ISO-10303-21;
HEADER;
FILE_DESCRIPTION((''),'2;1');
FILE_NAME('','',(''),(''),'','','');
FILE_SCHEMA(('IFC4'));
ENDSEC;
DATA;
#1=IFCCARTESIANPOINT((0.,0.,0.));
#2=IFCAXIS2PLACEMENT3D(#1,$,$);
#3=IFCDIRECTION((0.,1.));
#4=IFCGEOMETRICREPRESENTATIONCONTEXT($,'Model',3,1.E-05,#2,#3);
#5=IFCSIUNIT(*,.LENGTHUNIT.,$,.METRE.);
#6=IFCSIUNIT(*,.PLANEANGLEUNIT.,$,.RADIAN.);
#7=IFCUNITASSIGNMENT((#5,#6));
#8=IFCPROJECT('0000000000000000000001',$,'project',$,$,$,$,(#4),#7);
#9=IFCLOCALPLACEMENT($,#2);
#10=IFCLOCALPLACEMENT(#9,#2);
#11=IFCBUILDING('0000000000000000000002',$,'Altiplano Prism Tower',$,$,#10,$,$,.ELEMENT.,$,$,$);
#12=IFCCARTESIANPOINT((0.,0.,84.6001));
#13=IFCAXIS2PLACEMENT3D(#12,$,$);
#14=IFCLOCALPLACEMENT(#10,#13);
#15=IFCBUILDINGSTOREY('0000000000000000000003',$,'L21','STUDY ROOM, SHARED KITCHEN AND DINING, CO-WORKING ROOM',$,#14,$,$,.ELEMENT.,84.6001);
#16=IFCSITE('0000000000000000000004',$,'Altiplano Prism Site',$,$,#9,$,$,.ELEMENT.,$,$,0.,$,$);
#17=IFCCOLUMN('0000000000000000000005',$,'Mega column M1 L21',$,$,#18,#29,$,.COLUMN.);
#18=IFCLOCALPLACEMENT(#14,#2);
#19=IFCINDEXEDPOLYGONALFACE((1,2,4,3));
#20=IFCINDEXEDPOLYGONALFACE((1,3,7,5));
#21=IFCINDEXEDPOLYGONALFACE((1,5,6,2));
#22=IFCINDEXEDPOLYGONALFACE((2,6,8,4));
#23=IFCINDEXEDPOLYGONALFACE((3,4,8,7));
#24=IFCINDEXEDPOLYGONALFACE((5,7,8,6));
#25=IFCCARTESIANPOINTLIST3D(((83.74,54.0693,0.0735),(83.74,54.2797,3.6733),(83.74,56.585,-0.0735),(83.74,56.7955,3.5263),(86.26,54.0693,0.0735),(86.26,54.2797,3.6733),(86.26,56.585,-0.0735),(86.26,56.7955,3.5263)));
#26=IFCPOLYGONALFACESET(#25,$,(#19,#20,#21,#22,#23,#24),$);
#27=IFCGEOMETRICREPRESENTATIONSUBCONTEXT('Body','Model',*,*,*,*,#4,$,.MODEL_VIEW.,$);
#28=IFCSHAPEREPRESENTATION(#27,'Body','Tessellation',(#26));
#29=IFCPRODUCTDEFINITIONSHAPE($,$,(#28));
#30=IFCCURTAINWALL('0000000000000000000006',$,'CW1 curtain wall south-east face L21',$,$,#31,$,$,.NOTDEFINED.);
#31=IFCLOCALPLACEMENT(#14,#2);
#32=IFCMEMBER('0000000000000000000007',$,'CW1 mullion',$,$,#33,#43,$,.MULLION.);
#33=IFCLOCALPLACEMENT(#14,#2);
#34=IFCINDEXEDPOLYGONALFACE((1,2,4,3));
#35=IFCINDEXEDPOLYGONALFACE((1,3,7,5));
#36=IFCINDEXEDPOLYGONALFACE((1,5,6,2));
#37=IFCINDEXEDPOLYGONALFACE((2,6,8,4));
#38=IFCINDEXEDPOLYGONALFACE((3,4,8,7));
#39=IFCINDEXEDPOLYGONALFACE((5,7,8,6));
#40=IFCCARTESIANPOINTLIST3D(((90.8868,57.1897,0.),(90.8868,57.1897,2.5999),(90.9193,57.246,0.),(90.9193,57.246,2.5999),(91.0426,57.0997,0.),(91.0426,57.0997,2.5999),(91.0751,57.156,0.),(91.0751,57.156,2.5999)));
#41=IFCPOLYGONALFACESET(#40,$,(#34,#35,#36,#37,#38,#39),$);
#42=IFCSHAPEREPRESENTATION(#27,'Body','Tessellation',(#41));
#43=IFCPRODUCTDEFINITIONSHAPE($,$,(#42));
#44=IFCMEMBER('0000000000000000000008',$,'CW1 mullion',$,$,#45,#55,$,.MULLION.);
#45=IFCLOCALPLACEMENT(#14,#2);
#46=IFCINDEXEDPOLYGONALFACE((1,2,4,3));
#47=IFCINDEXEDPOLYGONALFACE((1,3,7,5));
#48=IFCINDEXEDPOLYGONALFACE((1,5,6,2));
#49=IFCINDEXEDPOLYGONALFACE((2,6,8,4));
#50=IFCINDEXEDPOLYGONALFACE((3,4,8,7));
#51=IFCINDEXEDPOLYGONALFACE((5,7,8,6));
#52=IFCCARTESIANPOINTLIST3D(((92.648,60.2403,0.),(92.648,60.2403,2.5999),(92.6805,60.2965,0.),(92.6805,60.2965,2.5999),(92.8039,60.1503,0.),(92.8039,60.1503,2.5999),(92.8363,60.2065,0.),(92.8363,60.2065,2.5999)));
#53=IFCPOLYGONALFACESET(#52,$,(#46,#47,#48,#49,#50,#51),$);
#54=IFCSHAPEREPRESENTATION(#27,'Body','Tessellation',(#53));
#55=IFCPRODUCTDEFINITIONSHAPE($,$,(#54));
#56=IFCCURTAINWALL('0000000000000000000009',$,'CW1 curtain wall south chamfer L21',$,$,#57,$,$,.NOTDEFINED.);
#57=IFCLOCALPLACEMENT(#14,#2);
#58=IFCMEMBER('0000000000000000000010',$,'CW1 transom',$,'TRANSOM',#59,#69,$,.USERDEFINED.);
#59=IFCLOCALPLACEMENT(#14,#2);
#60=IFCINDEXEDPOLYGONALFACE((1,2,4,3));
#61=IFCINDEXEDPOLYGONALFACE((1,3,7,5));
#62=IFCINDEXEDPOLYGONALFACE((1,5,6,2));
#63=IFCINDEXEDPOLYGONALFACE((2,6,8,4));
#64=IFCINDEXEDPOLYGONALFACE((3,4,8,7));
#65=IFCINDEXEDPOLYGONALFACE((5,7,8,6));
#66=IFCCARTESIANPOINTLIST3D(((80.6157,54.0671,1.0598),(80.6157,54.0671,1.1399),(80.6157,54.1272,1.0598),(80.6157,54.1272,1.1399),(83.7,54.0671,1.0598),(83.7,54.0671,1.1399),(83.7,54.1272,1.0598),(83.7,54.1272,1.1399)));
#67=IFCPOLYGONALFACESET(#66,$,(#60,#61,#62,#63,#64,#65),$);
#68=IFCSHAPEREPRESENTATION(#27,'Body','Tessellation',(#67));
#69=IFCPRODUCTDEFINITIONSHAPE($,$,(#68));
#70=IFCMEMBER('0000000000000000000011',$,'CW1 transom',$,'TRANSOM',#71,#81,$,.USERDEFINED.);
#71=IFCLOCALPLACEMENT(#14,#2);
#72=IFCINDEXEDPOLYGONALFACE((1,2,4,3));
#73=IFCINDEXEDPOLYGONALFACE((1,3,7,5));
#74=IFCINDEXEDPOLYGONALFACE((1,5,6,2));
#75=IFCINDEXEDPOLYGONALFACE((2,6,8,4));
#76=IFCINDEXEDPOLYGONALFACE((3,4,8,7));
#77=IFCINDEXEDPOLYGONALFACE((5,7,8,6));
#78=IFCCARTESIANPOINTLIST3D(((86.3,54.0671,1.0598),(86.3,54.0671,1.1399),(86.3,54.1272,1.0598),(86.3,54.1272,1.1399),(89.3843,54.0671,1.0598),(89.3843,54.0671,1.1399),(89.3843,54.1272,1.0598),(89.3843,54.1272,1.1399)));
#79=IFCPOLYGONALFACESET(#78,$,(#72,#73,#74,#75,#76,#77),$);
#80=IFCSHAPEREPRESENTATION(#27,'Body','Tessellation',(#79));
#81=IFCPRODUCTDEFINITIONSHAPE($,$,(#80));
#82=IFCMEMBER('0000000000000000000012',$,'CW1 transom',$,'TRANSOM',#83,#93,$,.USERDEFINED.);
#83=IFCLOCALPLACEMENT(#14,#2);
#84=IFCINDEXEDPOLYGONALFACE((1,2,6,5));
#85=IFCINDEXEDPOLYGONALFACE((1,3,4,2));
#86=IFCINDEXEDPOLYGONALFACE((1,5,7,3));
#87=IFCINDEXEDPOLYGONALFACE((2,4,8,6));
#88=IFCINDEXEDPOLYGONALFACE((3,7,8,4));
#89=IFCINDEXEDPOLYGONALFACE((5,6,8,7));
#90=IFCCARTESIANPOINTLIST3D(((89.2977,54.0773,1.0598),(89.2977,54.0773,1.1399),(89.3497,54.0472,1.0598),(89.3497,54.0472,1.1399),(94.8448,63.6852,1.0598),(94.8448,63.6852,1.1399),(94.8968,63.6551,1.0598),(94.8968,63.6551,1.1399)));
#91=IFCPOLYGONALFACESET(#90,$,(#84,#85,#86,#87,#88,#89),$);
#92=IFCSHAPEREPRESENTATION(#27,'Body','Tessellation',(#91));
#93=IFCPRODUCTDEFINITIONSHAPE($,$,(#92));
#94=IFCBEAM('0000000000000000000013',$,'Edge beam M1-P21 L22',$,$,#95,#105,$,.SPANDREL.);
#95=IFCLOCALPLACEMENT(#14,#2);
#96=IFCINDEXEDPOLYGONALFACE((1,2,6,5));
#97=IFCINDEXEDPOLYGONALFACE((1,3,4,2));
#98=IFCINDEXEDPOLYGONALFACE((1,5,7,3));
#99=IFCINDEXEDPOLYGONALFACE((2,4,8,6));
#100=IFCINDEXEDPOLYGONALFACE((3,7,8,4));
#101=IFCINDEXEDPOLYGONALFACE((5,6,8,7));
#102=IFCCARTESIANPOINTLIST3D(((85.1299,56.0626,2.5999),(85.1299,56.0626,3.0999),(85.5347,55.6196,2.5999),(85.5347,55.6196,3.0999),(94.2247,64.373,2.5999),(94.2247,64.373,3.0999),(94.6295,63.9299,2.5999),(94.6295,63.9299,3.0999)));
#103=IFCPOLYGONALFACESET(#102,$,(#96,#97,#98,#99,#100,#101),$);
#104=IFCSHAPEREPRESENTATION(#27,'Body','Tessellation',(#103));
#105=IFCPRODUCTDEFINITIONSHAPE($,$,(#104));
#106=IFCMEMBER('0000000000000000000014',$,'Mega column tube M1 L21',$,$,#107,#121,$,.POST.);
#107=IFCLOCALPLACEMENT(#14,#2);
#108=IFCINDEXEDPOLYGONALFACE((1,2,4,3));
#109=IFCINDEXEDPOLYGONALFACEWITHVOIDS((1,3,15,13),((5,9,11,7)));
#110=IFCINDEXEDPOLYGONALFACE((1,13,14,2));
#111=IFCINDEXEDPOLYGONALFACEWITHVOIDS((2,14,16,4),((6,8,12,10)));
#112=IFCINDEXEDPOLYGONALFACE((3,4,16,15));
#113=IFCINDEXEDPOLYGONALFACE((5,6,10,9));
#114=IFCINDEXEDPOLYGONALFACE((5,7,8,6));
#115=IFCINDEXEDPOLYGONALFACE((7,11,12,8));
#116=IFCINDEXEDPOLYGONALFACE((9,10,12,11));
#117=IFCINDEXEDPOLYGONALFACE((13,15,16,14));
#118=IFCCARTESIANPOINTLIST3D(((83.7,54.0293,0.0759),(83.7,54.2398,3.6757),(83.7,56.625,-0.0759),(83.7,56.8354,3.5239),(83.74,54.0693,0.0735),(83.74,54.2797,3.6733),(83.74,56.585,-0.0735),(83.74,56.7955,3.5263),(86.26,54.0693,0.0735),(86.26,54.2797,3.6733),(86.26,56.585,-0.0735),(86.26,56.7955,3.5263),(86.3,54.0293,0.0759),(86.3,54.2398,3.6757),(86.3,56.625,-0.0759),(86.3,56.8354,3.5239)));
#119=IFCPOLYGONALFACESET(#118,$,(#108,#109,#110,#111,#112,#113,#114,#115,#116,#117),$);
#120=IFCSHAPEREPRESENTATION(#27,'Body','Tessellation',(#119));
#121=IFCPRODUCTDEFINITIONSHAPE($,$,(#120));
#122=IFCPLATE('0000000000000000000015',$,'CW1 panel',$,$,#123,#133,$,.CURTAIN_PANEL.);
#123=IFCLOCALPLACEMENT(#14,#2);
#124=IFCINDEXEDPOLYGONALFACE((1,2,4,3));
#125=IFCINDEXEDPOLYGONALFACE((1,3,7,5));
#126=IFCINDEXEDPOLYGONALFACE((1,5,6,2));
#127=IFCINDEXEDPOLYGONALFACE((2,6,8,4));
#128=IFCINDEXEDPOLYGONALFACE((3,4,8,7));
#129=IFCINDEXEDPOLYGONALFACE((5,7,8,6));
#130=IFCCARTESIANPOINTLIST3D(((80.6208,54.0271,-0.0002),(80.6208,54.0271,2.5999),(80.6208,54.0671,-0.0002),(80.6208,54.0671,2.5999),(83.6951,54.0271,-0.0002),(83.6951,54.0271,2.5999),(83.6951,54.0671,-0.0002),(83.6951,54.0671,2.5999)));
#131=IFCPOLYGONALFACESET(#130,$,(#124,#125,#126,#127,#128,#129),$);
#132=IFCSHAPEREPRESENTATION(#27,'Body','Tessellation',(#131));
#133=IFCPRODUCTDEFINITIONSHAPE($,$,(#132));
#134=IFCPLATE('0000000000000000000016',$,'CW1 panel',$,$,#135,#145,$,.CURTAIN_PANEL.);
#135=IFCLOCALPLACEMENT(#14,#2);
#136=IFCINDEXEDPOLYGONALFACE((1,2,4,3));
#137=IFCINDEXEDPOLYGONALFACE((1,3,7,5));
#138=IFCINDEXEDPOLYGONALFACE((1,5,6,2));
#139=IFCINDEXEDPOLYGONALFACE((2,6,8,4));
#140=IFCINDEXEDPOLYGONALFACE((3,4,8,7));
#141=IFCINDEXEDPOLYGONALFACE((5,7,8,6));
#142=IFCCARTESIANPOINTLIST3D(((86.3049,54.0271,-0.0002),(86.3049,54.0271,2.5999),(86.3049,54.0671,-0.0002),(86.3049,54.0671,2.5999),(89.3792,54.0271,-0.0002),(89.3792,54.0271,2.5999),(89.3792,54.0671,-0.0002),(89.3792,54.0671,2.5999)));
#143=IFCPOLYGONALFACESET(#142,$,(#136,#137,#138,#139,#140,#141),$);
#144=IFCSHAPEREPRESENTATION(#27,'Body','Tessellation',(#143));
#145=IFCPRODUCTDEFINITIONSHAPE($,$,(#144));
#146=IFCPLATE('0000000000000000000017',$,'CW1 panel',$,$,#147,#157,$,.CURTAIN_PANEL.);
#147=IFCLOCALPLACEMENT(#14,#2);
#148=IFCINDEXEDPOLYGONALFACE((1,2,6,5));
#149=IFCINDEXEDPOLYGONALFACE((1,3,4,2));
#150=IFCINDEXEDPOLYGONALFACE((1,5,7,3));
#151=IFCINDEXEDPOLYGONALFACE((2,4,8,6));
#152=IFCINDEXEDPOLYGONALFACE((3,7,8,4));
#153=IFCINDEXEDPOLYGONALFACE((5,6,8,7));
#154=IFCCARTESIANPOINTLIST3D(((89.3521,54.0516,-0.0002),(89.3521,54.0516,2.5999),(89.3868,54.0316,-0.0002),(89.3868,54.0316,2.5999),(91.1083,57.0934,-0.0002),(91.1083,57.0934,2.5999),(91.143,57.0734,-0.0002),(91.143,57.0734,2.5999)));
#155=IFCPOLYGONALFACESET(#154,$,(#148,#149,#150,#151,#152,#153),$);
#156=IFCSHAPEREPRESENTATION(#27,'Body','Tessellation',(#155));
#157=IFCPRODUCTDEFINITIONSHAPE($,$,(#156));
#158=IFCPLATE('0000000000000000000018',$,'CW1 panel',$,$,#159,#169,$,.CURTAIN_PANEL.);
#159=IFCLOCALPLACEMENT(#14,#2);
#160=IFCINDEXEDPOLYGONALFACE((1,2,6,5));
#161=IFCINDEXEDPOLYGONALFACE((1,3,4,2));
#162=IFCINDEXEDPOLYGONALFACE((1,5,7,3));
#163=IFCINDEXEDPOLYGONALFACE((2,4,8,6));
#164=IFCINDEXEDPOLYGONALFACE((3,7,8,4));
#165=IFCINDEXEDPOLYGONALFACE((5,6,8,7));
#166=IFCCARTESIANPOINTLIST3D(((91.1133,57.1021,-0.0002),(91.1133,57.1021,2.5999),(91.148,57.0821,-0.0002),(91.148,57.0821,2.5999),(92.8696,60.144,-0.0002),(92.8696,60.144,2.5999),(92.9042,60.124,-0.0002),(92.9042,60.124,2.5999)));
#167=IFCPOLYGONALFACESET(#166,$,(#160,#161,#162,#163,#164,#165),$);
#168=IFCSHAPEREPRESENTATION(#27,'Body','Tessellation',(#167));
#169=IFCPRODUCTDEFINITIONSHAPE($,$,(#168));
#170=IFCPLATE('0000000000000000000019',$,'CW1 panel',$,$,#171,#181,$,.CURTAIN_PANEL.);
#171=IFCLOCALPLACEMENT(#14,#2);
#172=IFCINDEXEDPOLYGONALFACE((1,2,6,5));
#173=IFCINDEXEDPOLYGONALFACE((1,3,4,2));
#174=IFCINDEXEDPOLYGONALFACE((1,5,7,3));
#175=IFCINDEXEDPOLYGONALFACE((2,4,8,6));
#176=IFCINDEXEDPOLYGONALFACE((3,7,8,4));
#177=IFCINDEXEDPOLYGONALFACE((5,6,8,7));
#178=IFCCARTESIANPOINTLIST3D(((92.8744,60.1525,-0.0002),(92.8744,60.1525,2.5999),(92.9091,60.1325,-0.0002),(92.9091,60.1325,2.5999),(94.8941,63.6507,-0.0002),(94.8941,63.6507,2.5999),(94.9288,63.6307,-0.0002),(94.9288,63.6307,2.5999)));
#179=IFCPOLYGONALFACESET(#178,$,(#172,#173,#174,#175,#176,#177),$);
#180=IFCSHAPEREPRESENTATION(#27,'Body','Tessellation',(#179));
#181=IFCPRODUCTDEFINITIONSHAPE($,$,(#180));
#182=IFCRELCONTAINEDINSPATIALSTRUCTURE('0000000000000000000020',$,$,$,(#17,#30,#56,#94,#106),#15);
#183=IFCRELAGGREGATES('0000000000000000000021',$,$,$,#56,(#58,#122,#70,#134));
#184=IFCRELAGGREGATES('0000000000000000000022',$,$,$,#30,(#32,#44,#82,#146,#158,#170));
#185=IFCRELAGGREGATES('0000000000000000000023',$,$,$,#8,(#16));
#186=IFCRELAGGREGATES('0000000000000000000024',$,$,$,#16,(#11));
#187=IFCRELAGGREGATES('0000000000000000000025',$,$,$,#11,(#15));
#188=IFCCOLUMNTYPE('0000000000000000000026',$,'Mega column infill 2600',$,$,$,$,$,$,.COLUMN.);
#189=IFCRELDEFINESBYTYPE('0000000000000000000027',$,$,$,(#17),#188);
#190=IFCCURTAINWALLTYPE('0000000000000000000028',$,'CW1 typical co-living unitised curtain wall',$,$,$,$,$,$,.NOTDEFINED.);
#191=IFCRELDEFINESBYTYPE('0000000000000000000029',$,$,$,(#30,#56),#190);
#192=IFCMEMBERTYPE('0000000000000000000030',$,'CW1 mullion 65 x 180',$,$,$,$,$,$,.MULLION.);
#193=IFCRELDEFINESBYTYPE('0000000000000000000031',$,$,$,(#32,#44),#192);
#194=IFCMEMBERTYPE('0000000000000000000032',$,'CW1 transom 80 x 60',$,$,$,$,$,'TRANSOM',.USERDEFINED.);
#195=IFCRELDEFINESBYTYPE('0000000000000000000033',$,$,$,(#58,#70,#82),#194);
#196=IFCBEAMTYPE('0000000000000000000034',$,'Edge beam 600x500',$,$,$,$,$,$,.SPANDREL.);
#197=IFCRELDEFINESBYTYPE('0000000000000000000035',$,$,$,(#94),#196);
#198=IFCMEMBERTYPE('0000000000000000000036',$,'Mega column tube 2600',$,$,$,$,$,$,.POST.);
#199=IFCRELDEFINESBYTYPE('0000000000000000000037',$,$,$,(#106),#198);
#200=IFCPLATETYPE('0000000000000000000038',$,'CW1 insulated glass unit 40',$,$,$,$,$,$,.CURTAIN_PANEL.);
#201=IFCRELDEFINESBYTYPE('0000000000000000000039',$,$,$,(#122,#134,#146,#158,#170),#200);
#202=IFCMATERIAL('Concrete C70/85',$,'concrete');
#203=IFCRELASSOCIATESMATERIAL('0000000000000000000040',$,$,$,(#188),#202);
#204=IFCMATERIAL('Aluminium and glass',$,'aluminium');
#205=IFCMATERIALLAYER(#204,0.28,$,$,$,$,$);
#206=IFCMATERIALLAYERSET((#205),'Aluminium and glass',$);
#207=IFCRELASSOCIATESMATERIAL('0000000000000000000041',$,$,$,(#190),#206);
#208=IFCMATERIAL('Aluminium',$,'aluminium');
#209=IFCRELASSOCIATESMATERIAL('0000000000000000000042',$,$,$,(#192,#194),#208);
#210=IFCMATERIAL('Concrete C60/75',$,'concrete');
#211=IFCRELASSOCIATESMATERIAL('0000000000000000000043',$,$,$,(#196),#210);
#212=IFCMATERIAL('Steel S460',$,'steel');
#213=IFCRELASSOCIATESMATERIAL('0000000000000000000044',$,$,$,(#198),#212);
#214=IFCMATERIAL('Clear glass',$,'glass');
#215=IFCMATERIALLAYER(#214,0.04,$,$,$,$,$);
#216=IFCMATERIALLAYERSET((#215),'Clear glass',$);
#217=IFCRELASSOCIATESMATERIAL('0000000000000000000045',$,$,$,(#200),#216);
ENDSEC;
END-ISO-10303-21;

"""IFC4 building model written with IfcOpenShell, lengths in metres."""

from ifc_helpers import new_model, si_unit, direction, frame, origin, origin_2d, place, context, subcontext, project, spatial, rectangle, hollow_rectangle, extrude, material, layer, layer_set, material_profile, profile_set, type_object, element, aggregate, save


model = new_model("IFC4")

# Units and contexts
model_context = context("Model", 3, precision=1e-05, world=origin(), true_north=direction((0.0, 1.0)))
body_context = subcontext(model_context, "Body", "Model", "MODEL_VIEW")
ifc_project = project(units=[si_unit("LENGTHUNIT", "METRE"), si_unit("PLANEANGLEUNIT", "RADIAN")], contexts=[model_context])

# Site, building, storey
site_placement = place(None, origin())
site = spatial("IfcSite", under=ifc_project, at=site_placement, Name="Altiplano Prism Site", CompositionType="ELEMENT", RefElevation=0.0)
building_placement = place(site_placement, origin())
building = spatial("IfcBuilding", under=site, at=building_placement, Name="Altiplano Prism Tower", CompositionType="ELEMENT")
storey_placement = place(building_placement, frame((0.0, 0.0, 84.6001)))
storey = spatial("IfcBuildingStorey", under=building, at=storey_placement, Name="L21", Description="STUDY ROOM, SHARED KITCHEN AND DINING, CO-WORKING ROOM", CompositionType="ELEMENT", Elevation=84.6001)

# Column
ifc_material_1 = material(Name="Concrete C70/85", Category="concrete")
ifc_material_profile_1 = material_profile(ifc_material_1, rectangle(XDim=2.52, YDim=2.52, at=origin_2d()), Name="Mega column infill 2600")
ifc_profile_set_1 = profile_set([ifc_material_profile_1], Name="Concrete C70/85")
column_type = type_object("IfcColumnType", Name="Mega column infill 2600", PredefinedType="COLUMN", material=ifc_profile_set_1)
column_placement = place(storey_placement, frame((85.0, 55.3271, 0.0), z_axis=(0.0, 0.058361, 0.998296), x_axis=(-1.0, 0.0, 0.0)))
element("IfcColumn", 1, at=column_placement, inside=storey, type_object=column_type, Name="Mega column M1 L21", PredefinedType="COLUMN", context=body_context, shape_type="SweptSolid", body=[
    extrude(rectangle(XDim=2.52, YDim=2.52, at=origin_2d()), origin(), (0.0, 0.0, 1.0), 3.606),
])

# Curtain walls, members
ifc_material_2 = material(Name="Aluminium and glass", Category="aluminium")
ifc_layer_1 = layer(ifc_material_2, 0.28)
ifc_layer_set_1 = layer_set([ifc_layer_1], Name="Aluminium and glass")
curtain_wall_type = type_object("IfcCurtainWallType", Name="CW1 typical co-living unitised curtain wall", PredefinedType="NOTDEFINED", material=ifc_layer_set_1)
curtain_wall_1_placement = place(storey_placement, origin())
curtain_wall_1 = element("IfcCurtainWall", 2, at=curtain_wall_1_placement, inside=storey, type_object=curtain_wall_type, Name="CW1 curtain wall south-east face L21", PredefinedType="NOTDEFINED")
ifc_material_3 = material(Name="Aluminium", Category="aluminium")
ifc_material_profile_2 = material_profile(ifc_material_3, rectangle(XDim=0.1799, YDim=0.0649, at=origin_2d()), Name="CW1 mullion 65 x 180")
ifc_profile_set_2 = profile_set([ifc_material_profile_2], Name="Aluminium")
member_type_1 = type_object("IfcMemberType", Name="CW1 mullion 65 x 180", PredefinedType="MULLION", material=ifc_profile_set_2)
member_1_placement = place(storey_placement, frame((90.981, 57.1729, 0.0), z_axis=(0.0, 0.0, 1.0), x_axis=(-0.866025, 0.5, 0.0)))
member_1 = element("IfcMember", 3, at=member_1_placement, type_object=member_type_1, Name="CW1 mullion", PredefinedType="MULLION", context=body_context, shape_type="SweptSolid", body=[
    extrude(rectangle(XDim=0.1799, YDim=0.0649, at=origin_2d()), origin(), (0.0, 0.0, 1.0), 2.5999),
])
member_2_placement = place(storey_placement, frame((92.7422, 60.2234, 0.0), z_axis=(0.0, 0.0, 1.0), x_axis=(-0.866025, 0.5, 0.0)))
member_2 = element("IfcMember", 4, at=member_2_placement, type_object=member_type_1, Name="CW1 mullion", PredefinedType="MULLION", context=body_context, shape_type="SweptSolid", body=[
    extrude(rectangle(XDim=0.1799, YDim=0.0649, at=origin_2d()), origin(), (0.0, 0.0, 1.0), 2.5999),
])
curtain_wall_2_placement = place(storey_placement, origin())
curtain_wall_2 = element("IfcCurtainWall", 5, at=curtain_wall_2_placement, inside=storey, type_object=curtain_wall_type, Name="CW1 curtain wall south chamfer L21", PredefinedType="NOTDEFINED")
ifc_material_profile_3 = material_profile(ifc_material_3, rectangle(XDim=0.0601, YDim=0.0801, at=origin_2d()), Name="CW1 transom 80 x 60")
ifc_profile_set_3 = profile_set([ifc_material_profile_3], Name="Aluminium")
member_type_2 = type_object("IfcMemberType", Name="CW1 transom 80 x 60", ElementType="TRANSOM", PredefinedType="USERDEFINED", material=ifc_profile_set_3)
member_3_placement = place(storey_placement, frame((80.6157, 54.0972, 1.0999), z_axis=(1.0, 0.0, 0.0), x_axis=(0.0, 1.0, 0.0)))
member_3 = element("IfcMember", 6, at=member_3_placement, type_object=member_type_2, Name="CW1 transom", ObjectType="TRANSOM", PredefinedType="USERDEFINED", context=body_context, shape_type="SweptSolid", body=[
    extrude(rectangle(XDim=0.0601, YDim=0.0801, at=origin_2d()), origin(), (0.0, 0.0, 1.0), 3.0842),
])
member_4_placement = place(storey_placement, frame((86.3, 54.0972, 1.0999), z_axis=(1.0, 0.0, 0.0), x_axis=(0.0, 1.0, 0.0)))
member_4 = element("IfcMember", 7, at=member_4_placement, type_object=member_type_2, Name="CW1 transom", ObjectType="TRANSOM", PredefinedType="USERDEFINED", context=body_context, shape_type="SweptSolid", body=[
    extrude(rectangle(XDim=0.0601, YDim=0.0801, at=origin_2d()), origin(), (0.0, 0.0, 1.0), 3.0842),
])

# Member
member_5_placement = place(storey_placement, frame((89.3237, 54.0623, 1.0999), z_axis=(0.499999, 0.866026, 0.0), x_axis=(-0.866026, 0.499999, 0.0)))
member_5 = element("IfcMember", 8, at=member_5_placement, type_object=member_type_2, Name="CW1 transom", ObjectType="TRANSOM", PredefinedType="USERDEFINED", context=body_context, shape_type="SweptSolid", body=[
    extrude(rectangle(XDim=0.0601, YDim=0.0801, at=origin_2d()), origin(), (0.0, 0.0, 1.0), 11.0942),
])

# Beam
ifc_material_4 = material(Name="Concrete C60/75", Category="concrete")
ifc_material_profile_4 = material_profile(ifc_material_4, rectangle(XDim=0.6001, YDim=0.5, at=origin_2d()), Name="Edge beam 600x500")
ifc_profile_set_4 = profile_set([ifc_material_profile_4], Name="Concrete C60/75")
beam_type = type_object("IfcBeamType", Name="Edge beam 600x500", PredefinedType="SPANDREL", material=ifc_profile_set_4)
beam_placement = place(storey_placement, frame((85.3323, 55.8411, 2.8499), z_axis=(0.738226, 0.674554, 0.0), x_axis=(-0.674554, 0.738226, 0.0)))
element("IfcBeam", 9, at=beam_placement, inside=storey, type_object=beam_type, Name="Edge beam M1-P21 L22", PredefinedType="SPANDREL", context=body_context, shape_type="SweptSolid", body=[
    extrude(rectangle(XDim=0.6001, YDim=0.5, at=origin_2d()), origin(), (0.0, 0.0, 1.0), 12.3198),
])

# Member
ifc_material_5 = material(Name="Steel S460", Category="steel")
ifc_material_profile_5 = material_profile(ifc_material_5, hollow_rectangle(XDim=2.6001, YDim=2.6001, WallThickness=0.04, at=origin_2d()), Name="Mega column tube 2600")
ifc_profile_set_5 = profile_set([ifc_material_profile_5], Name="Steel S460")
member_type_3 = type_object("IfcMemberType", Name="Mega column tube 2600", PredefinedType="POST", material=ifc_profile_set_5)
member_6_placement = place(storey_placement, frame((85.0, 55.3271, 0.0), z_axis=(0.0, 0.058361, 0.998296), x_axis=(-1.0, 0.0, 0.0)))
element("IfcMember", 10, at=member_6_placement, inside=storey, type_object=member_type_3, Name="Mega column tube M1 L21", PredefinedType="POST", context=body_context, shape_type="SweptSolid", body=[
    extrude(hollow_rectangle(XDim=2.6001, YDim=2.6001, WallThickness=0.04, at=origin_2d()), origin(), (0.0, 0.0, 1.0), 3.606),
])

# Plates
ifc_material_6 = material(Name="Clear glass", Category="glass")
ifc_layer_2 = layer(ifc_material_6, 0.04)
ifc_layer_set_2 = layer_set([ifc_layer_2], Name="Clear glass")
plate_type = type_object("IfcPlateType", Name="CW1 insulated glass unit 40", PredefinedType="CURTAIN_PANEL", material=ifc_layer_set_2)
plate_1_placement = place(storey_placement, frame((82.158, 54.0471, -0.0002), z_axis=(0.0, 0.0, 1.0), x_axis=(1.0, 0.0, 0.0)))
plate_1 = element("IfcPlate", 11, at=plate_1_placement, type_object=plate_type, Name="CW1 panel", PredefinedType="CURTAIN_PANEL", context=body_context, shape_type="SweptSolid", body=[
    extrude(rectangle(XDim=3.0742, YDim=0.04, at=origin_2d()), origin(), (0.0, 0.0, 1.0), 2.6001),
])
plate_2_placement = place(storey_placement, frame((87.842, 54.0471, -0.0002), z_axis=(0.0, 0.0, 1.0), x_axis=(1.0, 0.0, 0.0)))
plate_2 = element("IfcPlate", 12, at=plate_2_placement, type_object=plate_type, Name="CW1 panel", PredefinedType="CURTAIN_PANEL", context=body_context, shape_type="SweptSolid", body=[
    extrude(rectangle(XDim=3.0742, YDim=0.04, at=origin_2d()), origin(), (0.0, 0.0, 1.0), 2.6001),
])
aggregate(curtain_wall_2, [member_3, plate_1, member_4, plate_2])
plate_3_placement = place(storey_placement, frame((90.2476, 55.5625, -0.0002), z_axis=(0.0, 0.0, 1.0), x_axis=(0.5, 0.866025, 0.0)))
plate_3 = element("IfcPlate", 13, at=plate_3_placement, type_object=plate_type, Name="CW1 panel", PredefinedType="CURTAIN_PANEL", context=body_context, shape_type="SweptSolid", body=[
    extrude(rectangle(XDim=3.5125, YDim=0.04, at=origin_2d()), origin(), (0.0, 0.0, 1.0), 2.6001),
])
plate_4_placement = place(storey_placement, frame((92.0088, 58.613, -0.0002), z_axis=(0.0, 0.0, 1.0), x_axis=(0.5, 0.866025, 0.0)))
plate_4 = element("IfcPlate", 14, at=plate_4_placement, type_object=plate_type, Name="CW1 panel", PredefinedType="CURTAIN_PANEL", context=body_context, shape_type="SweptSolid", body=[
    extrude(rectangle(XDim=3.5125, YDim=0.04, at=origin_2d()), origin(), (0.0, 0.0, 1.0), 2.6001),
])
plate_5_placement = place(storey_placement, frame((93.9016, 61.8916, -0.0002), z_axis=(0.0, 0.0, 1.0), x_axis=(0.5, 0.866025, 0.0)))
plate_5 = element("IfcPlate", 15, at=plate_5_placement, type_object=plate_type, Name="CW1 panel", PredefinedType="CURTAIN_PANEL", context=body_context, shape_type="SweptSolid", body=[
    extrude(rectangle(XDim=4.0393, YDim=0.04, at=origin_2d()), origin(), (0.0, 0.0, 1.0), 2.6001),
])
aggregate(curtain_wall_1, [member_1, member_2, member_5, plate_3, plate_4, plate_5])

save(model, "model.ifc")
